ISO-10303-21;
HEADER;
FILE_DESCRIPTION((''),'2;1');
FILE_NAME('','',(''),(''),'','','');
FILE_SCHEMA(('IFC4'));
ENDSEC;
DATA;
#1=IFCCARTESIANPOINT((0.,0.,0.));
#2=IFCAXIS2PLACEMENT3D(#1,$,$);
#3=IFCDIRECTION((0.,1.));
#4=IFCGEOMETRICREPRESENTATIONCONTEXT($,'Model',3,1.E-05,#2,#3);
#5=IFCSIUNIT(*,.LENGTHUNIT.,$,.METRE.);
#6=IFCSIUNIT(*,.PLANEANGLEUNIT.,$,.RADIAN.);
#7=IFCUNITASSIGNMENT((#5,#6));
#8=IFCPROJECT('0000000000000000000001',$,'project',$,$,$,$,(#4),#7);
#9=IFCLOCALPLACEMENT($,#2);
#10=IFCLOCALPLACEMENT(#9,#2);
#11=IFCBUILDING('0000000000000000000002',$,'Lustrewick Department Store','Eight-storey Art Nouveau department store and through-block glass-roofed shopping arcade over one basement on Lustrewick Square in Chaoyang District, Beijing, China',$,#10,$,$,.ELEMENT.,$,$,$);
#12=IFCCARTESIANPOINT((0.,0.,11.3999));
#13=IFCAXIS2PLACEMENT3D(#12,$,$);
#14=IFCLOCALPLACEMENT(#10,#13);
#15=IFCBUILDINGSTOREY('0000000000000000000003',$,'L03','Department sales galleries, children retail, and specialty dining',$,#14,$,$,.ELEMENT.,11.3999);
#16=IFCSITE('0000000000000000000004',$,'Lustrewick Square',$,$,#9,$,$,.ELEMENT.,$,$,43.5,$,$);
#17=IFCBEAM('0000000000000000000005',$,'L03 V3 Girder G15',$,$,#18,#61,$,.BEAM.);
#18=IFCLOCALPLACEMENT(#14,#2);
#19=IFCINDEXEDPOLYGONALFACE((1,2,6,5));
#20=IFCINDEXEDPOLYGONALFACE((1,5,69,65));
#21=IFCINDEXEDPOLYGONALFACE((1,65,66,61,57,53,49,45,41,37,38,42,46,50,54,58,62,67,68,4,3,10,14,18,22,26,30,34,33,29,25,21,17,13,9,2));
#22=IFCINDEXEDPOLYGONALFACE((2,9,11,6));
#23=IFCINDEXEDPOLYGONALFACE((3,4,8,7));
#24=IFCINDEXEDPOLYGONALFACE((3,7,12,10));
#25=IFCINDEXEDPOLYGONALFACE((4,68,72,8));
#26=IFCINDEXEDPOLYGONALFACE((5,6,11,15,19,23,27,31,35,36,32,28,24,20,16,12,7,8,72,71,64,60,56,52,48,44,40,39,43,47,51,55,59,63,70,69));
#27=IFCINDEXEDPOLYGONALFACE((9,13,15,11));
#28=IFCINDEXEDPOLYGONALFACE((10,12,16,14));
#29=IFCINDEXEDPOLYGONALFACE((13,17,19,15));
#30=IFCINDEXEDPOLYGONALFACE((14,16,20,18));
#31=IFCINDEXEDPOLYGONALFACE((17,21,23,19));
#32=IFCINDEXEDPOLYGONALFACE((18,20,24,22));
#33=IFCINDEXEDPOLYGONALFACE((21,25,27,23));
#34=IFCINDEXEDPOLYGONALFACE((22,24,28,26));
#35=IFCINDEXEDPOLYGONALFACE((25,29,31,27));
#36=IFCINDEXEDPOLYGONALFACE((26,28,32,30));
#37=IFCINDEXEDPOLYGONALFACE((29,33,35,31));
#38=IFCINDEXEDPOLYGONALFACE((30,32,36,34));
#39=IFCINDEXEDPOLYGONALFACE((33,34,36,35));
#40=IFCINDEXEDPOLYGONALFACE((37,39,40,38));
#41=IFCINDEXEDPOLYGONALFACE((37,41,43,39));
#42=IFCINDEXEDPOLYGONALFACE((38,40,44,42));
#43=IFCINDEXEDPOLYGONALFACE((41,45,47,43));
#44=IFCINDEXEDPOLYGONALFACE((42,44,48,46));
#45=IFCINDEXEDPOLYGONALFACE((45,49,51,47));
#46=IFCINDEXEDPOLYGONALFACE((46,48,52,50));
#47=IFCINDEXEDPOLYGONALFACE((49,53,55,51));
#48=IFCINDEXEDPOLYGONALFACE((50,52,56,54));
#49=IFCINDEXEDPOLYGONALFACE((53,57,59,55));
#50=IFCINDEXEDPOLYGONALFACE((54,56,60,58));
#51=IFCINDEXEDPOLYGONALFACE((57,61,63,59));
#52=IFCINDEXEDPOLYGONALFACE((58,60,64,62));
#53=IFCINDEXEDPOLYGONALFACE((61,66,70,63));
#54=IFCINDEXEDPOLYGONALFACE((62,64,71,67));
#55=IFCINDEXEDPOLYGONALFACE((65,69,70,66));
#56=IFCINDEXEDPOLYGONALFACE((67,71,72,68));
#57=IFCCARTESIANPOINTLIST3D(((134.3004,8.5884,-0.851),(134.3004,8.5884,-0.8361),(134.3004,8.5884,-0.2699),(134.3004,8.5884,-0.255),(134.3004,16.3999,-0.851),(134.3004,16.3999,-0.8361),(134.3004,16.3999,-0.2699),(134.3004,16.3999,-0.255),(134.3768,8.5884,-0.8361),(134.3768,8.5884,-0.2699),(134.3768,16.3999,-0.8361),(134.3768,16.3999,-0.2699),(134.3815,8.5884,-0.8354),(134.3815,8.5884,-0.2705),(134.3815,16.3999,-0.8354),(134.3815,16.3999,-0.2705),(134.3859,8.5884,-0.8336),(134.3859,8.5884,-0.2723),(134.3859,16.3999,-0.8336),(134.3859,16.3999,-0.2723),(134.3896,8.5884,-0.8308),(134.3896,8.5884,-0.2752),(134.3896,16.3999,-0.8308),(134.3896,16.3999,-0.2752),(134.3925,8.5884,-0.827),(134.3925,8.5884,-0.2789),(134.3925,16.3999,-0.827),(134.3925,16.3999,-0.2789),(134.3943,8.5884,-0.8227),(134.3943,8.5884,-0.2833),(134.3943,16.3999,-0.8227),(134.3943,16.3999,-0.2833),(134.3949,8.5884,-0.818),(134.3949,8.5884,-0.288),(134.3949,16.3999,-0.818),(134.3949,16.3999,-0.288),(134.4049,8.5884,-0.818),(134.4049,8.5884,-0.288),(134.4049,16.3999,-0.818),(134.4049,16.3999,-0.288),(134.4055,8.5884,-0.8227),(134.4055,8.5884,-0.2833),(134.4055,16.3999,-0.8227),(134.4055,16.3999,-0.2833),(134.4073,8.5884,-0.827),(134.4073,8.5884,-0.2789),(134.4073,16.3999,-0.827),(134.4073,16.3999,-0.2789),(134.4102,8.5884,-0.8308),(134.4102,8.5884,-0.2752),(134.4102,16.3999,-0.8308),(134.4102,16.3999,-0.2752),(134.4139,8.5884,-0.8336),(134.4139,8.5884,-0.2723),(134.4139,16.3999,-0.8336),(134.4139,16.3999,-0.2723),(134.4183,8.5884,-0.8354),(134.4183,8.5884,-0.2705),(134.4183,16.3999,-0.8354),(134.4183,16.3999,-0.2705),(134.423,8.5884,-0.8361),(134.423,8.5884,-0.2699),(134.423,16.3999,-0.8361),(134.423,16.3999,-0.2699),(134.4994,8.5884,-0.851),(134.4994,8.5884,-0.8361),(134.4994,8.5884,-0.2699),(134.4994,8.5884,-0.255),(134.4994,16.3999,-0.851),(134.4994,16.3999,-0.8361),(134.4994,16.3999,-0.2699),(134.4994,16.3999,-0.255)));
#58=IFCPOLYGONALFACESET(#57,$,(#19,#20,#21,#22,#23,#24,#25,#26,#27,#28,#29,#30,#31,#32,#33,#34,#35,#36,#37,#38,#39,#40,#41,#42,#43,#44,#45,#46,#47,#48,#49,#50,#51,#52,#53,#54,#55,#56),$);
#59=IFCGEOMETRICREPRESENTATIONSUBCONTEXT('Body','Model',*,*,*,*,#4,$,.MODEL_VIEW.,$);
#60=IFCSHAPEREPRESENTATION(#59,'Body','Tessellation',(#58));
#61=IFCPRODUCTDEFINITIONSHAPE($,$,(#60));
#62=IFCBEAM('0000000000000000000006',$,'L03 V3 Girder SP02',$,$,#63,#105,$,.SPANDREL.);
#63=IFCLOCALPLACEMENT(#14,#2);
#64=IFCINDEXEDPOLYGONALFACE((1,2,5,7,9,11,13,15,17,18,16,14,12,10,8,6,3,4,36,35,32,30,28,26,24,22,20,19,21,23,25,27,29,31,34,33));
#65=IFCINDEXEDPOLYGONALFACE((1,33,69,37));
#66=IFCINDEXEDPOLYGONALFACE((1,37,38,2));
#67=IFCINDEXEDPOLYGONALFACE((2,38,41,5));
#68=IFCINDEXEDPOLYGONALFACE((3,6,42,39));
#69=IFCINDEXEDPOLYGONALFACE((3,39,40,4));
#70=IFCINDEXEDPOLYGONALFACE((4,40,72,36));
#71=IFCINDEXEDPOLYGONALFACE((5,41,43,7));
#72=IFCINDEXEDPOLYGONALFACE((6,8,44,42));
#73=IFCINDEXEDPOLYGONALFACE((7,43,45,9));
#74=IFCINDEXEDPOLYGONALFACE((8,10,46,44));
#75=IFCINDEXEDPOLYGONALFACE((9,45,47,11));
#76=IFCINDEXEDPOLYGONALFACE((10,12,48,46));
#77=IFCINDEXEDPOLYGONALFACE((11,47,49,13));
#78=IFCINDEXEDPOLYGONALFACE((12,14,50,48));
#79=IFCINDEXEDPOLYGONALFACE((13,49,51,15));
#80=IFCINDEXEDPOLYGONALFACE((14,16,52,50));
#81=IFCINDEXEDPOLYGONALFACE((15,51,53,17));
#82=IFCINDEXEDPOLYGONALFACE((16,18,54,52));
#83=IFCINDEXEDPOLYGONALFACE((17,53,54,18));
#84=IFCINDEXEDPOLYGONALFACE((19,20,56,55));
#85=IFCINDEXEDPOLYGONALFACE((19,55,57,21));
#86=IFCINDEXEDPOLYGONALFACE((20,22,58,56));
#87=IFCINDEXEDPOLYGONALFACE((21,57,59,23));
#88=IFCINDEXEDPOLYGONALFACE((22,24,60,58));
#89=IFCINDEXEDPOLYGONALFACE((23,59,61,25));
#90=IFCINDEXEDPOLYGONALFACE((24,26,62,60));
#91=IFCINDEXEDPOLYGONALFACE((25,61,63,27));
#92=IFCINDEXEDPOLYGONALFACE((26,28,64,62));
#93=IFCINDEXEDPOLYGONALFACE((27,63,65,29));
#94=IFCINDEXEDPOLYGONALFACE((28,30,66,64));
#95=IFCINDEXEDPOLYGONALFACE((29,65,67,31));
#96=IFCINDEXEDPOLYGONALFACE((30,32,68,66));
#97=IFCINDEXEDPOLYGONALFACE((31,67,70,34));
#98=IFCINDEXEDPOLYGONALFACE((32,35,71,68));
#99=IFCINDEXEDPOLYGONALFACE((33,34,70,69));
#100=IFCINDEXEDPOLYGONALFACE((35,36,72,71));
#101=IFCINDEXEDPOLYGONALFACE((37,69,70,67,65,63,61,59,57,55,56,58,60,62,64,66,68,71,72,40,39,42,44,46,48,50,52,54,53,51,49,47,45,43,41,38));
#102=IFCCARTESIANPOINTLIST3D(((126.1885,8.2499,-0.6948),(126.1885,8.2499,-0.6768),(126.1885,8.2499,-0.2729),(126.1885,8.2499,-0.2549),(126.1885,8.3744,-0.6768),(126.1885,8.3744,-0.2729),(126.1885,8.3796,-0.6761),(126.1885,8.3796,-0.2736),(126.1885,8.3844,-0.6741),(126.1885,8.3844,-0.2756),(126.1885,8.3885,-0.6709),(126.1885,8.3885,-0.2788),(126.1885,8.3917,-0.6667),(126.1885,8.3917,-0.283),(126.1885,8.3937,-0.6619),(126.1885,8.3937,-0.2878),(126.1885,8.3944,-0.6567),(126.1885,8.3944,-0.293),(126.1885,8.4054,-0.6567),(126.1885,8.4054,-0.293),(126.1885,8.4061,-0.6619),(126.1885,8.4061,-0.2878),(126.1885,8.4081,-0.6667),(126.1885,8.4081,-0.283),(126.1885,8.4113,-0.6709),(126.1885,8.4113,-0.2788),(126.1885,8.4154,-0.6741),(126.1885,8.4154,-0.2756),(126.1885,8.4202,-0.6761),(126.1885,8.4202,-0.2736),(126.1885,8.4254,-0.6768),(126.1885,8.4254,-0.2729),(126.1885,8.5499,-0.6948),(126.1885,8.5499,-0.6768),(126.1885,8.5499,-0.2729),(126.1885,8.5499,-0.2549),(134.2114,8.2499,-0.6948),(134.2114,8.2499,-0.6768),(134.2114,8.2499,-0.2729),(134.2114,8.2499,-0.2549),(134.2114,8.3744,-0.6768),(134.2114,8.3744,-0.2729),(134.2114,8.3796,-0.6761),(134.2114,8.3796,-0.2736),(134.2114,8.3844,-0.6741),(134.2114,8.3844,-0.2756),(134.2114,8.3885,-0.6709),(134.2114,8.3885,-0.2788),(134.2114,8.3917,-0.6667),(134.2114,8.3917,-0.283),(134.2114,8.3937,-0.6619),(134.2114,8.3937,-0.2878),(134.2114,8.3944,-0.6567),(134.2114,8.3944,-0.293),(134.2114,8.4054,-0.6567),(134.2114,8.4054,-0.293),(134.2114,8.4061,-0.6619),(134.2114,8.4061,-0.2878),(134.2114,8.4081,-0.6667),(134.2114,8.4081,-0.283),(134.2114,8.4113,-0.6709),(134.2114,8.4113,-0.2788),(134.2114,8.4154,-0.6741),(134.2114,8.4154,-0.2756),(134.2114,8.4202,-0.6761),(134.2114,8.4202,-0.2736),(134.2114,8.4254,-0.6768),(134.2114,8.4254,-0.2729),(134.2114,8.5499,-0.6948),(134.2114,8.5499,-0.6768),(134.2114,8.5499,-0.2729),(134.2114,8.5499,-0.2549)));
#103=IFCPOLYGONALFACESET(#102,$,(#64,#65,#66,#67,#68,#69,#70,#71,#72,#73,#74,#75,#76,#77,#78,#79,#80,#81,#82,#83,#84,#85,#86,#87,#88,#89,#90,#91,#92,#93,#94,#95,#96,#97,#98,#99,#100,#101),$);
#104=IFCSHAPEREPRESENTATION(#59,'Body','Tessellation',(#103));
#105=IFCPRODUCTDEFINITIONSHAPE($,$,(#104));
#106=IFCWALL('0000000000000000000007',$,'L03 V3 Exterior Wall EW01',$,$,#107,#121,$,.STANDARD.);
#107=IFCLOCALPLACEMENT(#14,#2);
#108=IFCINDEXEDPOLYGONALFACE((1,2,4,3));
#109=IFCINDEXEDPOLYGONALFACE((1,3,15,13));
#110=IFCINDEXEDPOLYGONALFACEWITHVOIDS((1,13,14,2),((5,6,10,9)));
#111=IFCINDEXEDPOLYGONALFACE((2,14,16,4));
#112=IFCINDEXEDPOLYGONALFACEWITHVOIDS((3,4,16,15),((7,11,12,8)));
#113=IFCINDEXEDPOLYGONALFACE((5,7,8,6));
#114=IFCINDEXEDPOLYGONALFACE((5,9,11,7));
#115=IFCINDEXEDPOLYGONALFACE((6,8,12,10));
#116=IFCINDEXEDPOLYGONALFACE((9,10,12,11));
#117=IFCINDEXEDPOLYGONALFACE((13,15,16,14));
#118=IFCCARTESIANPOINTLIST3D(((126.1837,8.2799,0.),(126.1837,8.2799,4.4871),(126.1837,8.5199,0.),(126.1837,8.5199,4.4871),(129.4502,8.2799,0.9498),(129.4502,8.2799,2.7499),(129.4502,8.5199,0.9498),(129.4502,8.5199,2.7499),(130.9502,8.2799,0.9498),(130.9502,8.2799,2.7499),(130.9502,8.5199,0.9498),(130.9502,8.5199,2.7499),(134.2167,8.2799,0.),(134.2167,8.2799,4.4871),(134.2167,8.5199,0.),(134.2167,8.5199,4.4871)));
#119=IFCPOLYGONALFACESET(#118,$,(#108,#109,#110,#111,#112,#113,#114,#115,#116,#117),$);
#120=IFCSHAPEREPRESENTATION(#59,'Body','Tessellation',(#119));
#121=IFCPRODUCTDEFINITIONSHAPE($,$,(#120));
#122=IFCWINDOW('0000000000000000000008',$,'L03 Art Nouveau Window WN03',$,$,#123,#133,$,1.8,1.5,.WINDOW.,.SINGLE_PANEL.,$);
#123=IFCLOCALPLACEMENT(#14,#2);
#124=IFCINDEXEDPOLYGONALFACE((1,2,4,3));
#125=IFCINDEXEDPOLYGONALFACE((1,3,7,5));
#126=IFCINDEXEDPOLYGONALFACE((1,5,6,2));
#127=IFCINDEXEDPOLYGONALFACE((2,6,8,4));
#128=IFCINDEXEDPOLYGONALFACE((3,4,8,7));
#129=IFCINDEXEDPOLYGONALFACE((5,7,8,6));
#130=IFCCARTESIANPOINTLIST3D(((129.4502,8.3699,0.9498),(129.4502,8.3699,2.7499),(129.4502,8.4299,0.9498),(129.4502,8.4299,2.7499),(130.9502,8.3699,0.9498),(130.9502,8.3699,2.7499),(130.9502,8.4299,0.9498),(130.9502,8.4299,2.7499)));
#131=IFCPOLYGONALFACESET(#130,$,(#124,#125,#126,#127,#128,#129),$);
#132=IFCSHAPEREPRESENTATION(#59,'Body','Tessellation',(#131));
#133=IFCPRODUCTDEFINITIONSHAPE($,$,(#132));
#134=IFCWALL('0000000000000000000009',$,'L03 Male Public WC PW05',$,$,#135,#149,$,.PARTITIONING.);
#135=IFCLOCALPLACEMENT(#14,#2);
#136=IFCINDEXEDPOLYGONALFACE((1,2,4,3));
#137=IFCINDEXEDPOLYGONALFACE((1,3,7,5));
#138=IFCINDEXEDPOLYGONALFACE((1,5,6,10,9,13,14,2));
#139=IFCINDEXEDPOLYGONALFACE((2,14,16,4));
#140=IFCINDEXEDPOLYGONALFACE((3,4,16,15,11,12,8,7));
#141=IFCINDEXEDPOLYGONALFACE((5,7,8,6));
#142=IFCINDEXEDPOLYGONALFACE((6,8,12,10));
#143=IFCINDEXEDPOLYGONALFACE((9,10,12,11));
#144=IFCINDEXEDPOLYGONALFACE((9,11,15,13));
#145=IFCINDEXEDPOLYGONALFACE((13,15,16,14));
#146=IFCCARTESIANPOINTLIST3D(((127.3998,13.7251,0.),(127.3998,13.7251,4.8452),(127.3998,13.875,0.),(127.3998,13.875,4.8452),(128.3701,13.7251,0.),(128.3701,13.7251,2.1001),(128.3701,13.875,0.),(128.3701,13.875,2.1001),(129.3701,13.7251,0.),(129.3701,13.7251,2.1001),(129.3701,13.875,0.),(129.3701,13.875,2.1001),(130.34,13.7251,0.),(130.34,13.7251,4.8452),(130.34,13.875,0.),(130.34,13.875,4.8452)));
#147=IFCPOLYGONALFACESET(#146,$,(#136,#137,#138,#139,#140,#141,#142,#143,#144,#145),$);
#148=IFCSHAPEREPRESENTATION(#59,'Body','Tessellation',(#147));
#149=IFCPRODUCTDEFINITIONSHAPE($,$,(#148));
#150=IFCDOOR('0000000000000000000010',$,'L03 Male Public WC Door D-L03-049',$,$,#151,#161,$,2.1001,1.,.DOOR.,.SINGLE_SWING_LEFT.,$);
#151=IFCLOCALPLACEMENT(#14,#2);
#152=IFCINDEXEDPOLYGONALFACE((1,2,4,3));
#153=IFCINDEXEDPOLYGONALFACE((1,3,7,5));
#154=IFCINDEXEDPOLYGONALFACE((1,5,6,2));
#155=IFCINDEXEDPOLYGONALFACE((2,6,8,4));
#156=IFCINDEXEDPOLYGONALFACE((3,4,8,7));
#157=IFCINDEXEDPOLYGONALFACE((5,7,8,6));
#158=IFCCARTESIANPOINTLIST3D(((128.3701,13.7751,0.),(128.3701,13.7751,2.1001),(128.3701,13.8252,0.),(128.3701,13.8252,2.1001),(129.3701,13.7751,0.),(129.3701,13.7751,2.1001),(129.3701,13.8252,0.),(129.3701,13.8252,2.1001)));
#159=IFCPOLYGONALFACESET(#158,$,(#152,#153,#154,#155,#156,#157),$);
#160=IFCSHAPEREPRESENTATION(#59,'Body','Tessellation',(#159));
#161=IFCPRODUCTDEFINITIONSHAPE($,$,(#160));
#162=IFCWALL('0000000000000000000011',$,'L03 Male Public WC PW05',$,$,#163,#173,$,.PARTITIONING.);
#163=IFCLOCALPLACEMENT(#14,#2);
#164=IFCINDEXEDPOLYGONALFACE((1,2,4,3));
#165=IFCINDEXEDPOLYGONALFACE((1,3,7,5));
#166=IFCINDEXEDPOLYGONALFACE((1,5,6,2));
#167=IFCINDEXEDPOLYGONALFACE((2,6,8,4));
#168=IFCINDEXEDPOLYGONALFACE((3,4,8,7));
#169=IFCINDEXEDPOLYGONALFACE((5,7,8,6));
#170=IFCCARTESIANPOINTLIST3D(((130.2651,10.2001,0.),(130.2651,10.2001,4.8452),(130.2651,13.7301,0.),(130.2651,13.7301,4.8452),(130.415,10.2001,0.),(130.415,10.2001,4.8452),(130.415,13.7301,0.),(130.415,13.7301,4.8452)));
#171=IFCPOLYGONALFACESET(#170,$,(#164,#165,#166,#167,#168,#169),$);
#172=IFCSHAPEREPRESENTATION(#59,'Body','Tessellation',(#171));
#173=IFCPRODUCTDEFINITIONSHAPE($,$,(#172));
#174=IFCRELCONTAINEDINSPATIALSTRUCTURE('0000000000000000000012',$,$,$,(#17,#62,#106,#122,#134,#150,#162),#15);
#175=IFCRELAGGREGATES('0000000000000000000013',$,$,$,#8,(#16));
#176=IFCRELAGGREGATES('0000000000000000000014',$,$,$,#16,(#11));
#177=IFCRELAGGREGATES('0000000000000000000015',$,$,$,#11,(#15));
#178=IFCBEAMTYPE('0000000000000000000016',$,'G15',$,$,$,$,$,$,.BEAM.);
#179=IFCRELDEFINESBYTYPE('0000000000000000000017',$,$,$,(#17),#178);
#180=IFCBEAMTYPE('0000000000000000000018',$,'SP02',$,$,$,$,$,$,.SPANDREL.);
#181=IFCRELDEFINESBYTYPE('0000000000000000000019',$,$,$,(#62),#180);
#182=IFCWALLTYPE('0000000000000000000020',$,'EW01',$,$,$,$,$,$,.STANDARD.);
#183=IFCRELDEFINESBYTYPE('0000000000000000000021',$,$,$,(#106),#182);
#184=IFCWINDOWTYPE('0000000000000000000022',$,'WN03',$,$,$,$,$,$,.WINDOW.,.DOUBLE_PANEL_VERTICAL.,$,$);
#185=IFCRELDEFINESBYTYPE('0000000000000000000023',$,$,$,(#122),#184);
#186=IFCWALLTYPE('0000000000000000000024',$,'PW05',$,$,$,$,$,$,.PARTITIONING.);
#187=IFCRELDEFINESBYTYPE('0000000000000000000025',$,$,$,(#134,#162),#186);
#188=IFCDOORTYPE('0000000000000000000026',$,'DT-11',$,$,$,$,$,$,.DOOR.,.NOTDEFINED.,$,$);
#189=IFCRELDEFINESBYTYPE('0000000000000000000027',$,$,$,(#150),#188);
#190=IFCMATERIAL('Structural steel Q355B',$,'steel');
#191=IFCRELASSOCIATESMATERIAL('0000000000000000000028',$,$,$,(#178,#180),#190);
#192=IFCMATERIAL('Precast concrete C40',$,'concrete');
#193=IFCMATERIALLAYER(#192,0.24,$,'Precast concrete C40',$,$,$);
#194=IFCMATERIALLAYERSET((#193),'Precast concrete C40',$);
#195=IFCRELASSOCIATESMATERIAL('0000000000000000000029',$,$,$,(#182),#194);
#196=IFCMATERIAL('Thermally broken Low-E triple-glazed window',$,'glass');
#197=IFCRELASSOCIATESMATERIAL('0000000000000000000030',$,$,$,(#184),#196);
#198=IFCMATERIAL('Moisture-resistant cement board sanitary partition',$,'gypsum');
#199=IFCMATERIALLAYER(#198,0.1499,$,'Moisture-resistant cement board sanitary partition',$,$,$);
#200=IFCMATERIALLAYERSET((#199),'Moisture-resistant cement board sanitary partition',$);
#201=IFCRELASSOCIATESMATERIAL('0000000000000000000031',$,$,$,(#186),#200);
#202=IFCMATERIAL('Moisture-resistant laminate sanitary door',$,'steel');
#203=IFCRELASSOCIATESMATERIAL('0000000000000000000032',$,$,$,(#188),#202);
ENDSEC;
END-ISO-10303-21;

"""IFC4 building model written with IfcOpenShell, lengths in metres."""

from ifc_helpers import new_model, si_unit, direction, frame, frame_2d, origin, origin_2d, place, context, subcontext, project, spatial, rectangle, i_section, extrude, material, layer, layer_set, material_profile, profile_set, type_object, element, fill, save


model = new_model("IFC4")

# Units and contexts
model_context = context("Model", 3, precision=1e-05, world=origin(), true_north=direction((0.0, 1.0)))
body_context = subcontext(model_context, "Body", "Model", "MODEL_VIEW")
ifc_project = project(units=[si_unit("LENGTHUNIT", "METRE"), si_unit("PLANEANGLEUNIT", "RADIAN")], contexts=[model_context])

# Site, building, storey
site_placement = place(None, origin())
site = spatial("IfcSite", under=ifc_project, at=site_placement, Name="Lustrewick Square", CompositionType="ELEMENT", RefElevation=43.5)
building_placement = place(site_placement, origin())
building = spatial("IfcBuilding", under=site, at=building_placement, Name="Lustrewick Department Store", Description="Eight-storey Art Nouveau department store and through-block glass-roofed shopping arcade over one basement on Lustrewick Square in Chaoyang District, Beijing, China", CompositionType="ELEMENT")
storey_placement = place(building_placement, frame((0.0, 0.0, 11.3999)))
storey = spatial("IfcBuildingStorey", under=building, at=storey_placement, Name="L03", Description="Department sales galleries, children retail, and specialty dining", CompositionType="ELEMENT", Elevation=11.3999)

# Shared definitions
ifc_material_1 = material(Name="Structural steel Q355B", Category="steel")

# Beams
ifc_material_profile_1 = material_profile(ifc_material_1, i_section(OverallWidth=0.199, OverallDepth=0.5959, WebThickness=0.01, FlangeThickness=0.0149, FilletRadius=0.0181, at=origin_2d()), Name="HN 596x199x10x15")
ifc_profile_set_1 = profile_set([ifc_material_profile_1], Name="Structural steel Q355B")
beam_type_1 = type_object("IfcBeamType", Name="G15", PredefinedType="BEAM", material=ifc_profile_set_1)
beam_1_placement = place(storey_placement, frame((134.3999, 8.5884, -0.553), z_axis=(0.0, 1.0, 0.0), x_axis=(-1.0, 0.0, 0.0)))
element("IfcBeam", 1, at=beam_1_placement, inside=storey, type_object=beam_type_1, Name="L03 V3 Girder G15", PredefinedType="BEAM", context=body_context, shape_type="SweptSolid", body=[
    extrude(i_section(OverallWidth=0.199, OverallDepth=0.5959, WebThickness=0.01, FlangeThickness=0.0149, FilletRadius=0.0181, at=origin_2d()), origin(), (0.0, 0.0, 1.0), 7.8115),
])
ifc_material_profile_2 = material_profile(ifc_material_1, i_section(OverallWidth=0.3, OverallDepth=0.4399, WebThickness=0.011, FlangeThickness=0.0181, FilletRadius=0.02, at=origin_2d()), Name="HM 440x300x11x18")
ifc_profile_set_2 = profile_set([ifc_material_profile_2], Name="Structural steel Q355B")
beam_type_2 = type_object("IfcBeamType", Name="SP02", PredefinedType="SPANDREL", material=ifc_profile_set_2)
beam_2_placement = place(storey_placement, frame((126.1885, 8.3999, -0.4749), z_axis=(1.0, 0.0, 0.0), x_axis=(0.0, 1.0, 0.0)))
element("IfcBeam", 2, at=beam_2_placement, inside=storey, type_object=beam_type_2, Name="L03 V3 Girder SP02", PredefinedType="SPANDREL", context=body_context, shape_type="SweptSolid", body=[
    extrude(i_section(OverallWidth=0.3, OverallDepth=0.4399, WebThickness=0.011, FlangeThickness=0.0181, FilletRadius=0.02, at=origin_2d()), origin(), (0.0, 0.0, 1.0), 8.0229),
])

# Wall, opening, window
ifc_material_2 = material(Name="Precast concrete C40", Category="concrete")
ifc_layer_1 = layer(ifc_material_2, 0.24, Name="Precast concrete C40")
ifc_layer_set_1 = layer_set([ifc_layer_1], Name="Precast concrete C40")
wall_type_1 = type_object("IfcWallType", Name="EW01", PredefinedType="STANDARD", material=ifc_layer_set_1)
wall_1_placement = place(storey_placement, frame((126.1836, 8.3999, 0.0), z_axis=(0.0, 0.0, 1.0), x_axis=(1.0, 0.0, 0.0)))
wall_1 = element("IfcWall", 3, at=wall_1_placement, inside=storey, type_object=wall_type_1, Name="L03 V3 Exterior Wall EW01", PredefinedType="STANDARD", context=body_context, shape_type="SweptSolid", body=[
    extrude(rectangle(XDim=8.033, YDim=0.24, at=frame_2d((4.0166, 0.0))), origin(), (0.0, 0.0, 1.0), 4.4871),
])
opening_1_placement = place(wall_1_placement, frame((3.2666, 0.0, 0.95)))
opening_1 = element("IfcOpeningElement", 4, at=opening_1_placement, cuts=wall_1, PredefinedType="OPENING", context=body_context, shape_type="SweptSolid", body=[
    extrude(rectangle(XDim=1.5, YDim=1.8, at=frame_2d((0.75, 0.8999))), frame((0.0, 0.1299, 0.0), z_axis=(0.0, -1.0, 0.0), x_axis=(1.0, 0.0, 0.0)), (0.0, 0.0, 1.0), 0.26),
])
ifc_material_3 = material(Name="Thermally broken Low-E triple-glazed window", Category="glass")
window_type = type_object("IfcWindowType", Name="WN03", PartitioningType="DOUBLE_PANEL_VERTICAL", PredefinedType="WINDOW", material=ifc_material_3)
window_placement = place(opening_1_placement, origin())
window = element("IfcWindow", 5, at=window_placement, inside=storey, type_object=window_type, Name="L03 Art Nouveau Window WN03", OverallHeight=1.8, OverallWidth=1.5, PartitioningType="SINGLE_PANEL", PredefinedType="WINDOW", context=body_context, shape_type="SweptSolid", body=[
    extrude(rectangle(XDim=1.5, YDim=1.8, at=frame_2d((0.75, 0.8999))), frame((0.0, 0.03, 0.0), z_axis=(0.0, -1.0, 0.0), x_axis=(1.0, 0.0, 0.0)), (0.0, 0.0, 1.0), 0.0601),
])
fill(opening_1, window)

# Wall, opening, door
ifc_material_4 = material(Name="Moisture-resistant cement board sanitary partition", Category="gypsum")
ifc_layer_2 = layer(ifc_material_4, 0.1499, Name="Moisture-resistant cement board sanitary partition")
ifc_layer_set_2 = layer_set([ifc_layer_2], Name="Moisture-resistant cement board sanitary partition")
wall_type_2 = type_object("IfcWallType", Name="PW05", PredefinedType="PARTITIONING", material=ifc_layer_set_2)
wall_2_placement = place(storey_placement, frame((130.3401, 13.8, 0.0), z_axis=(0.0, 0.0, 1.0), x_axis=(-1.0, 0.0, 0.0)))
wall_2 = element("IfcWall", 6, at=wall_2_placement, inside=storey, type_object=wall_type_2, Name="L03 Male Public WC PW05", PredefinedType="PARTITIONING", context=body_context, shape_type="SweptSolid", body=[
    extrude(rectangle(XDim=2.9402, YDim=0.1499, at=frame_2d((1.4702, 0.0))), origin(), (0.0, 0.0, 1.0), 4.8452),
])
opening_2_placement = place(wall_2_placement, frame((0.97, 0.0, 0.0)))
opening_2 = element("IfcOpeningElement", 7, at=opening_2_placement, cuts=wall_2, PredefinedType="OPENING", context=body_context, shape_type="SweptSolid", body=[
    extrude(rectangle(XDim=1.0, YDim=2.1001, at=frame_2d((0.5, 1.05))), frame((0.0, 0.085, 0.0), z_axis=(0.0, -1.0, 0.0), x_axis=(1.0, 0.0, 0.0)), (0.0, 0.0, 1.0), 0.1699),
])
ifc_material_5 = material(Name="Moisture-resistant laminate sanitary door", Category="steel")
door_type = type_object("IfcDoorType", Name="DT-11", OperationType="NOTDEFINED", PredefinedType="DOOR", material=ifc_material_5)
door_1_placement = place(opening_2_placement, origin())
door_1 = element("IfcDoor", 8, at=door_1_placement, inside=storey, type_object=door_type, Name="L03 Male Public WC Door D-L03-049", OperationType="SINGLE_SWING_LEFT", OverallHeight=2.1001, OverallWidth=1.0, PredefinedType="DOOR", context=body_context, shape_type="SweptSolid", body=[
    extrude(rectangle(XDim=1.0, YDim=2.1001, at=frame_2d((0.5, 1.05))), frame((0.0, 0.0249, 0.0), z_axis=(0.0, -1.0, 0.0), x_axis=(1.0, 0.0, 0.0)), (0.0, 0.0, 1.0), 0.05),
])
fill(opening_2, door_1)

# Wall
for number, where, z_axis, x_axis, name in (
    (9, (130.3401, 10.2, 0.0), (0.0, 0.0, 1.0), (0.0, 1.0, 0.0), "L03 Male Public WC PW05"),
):
    element("IfcWall", number, at=place(storey_placement, frame(where, z_axis=z_axis, x_axis=x_axis)), inside=storey, type_object=wall_type_2, Name=name, PredefinedType="PARTITIONING", context=body_context, shape_type="SweptSolid", body=[
        extrude(rectangle(XDim=3.53, YDim=0.1499, at=frame_2d((1.7651, 0.0))), origin(), (0.0, 0.0, 1.0), 4.8452),
    ])

save(model, "model.ifc")
